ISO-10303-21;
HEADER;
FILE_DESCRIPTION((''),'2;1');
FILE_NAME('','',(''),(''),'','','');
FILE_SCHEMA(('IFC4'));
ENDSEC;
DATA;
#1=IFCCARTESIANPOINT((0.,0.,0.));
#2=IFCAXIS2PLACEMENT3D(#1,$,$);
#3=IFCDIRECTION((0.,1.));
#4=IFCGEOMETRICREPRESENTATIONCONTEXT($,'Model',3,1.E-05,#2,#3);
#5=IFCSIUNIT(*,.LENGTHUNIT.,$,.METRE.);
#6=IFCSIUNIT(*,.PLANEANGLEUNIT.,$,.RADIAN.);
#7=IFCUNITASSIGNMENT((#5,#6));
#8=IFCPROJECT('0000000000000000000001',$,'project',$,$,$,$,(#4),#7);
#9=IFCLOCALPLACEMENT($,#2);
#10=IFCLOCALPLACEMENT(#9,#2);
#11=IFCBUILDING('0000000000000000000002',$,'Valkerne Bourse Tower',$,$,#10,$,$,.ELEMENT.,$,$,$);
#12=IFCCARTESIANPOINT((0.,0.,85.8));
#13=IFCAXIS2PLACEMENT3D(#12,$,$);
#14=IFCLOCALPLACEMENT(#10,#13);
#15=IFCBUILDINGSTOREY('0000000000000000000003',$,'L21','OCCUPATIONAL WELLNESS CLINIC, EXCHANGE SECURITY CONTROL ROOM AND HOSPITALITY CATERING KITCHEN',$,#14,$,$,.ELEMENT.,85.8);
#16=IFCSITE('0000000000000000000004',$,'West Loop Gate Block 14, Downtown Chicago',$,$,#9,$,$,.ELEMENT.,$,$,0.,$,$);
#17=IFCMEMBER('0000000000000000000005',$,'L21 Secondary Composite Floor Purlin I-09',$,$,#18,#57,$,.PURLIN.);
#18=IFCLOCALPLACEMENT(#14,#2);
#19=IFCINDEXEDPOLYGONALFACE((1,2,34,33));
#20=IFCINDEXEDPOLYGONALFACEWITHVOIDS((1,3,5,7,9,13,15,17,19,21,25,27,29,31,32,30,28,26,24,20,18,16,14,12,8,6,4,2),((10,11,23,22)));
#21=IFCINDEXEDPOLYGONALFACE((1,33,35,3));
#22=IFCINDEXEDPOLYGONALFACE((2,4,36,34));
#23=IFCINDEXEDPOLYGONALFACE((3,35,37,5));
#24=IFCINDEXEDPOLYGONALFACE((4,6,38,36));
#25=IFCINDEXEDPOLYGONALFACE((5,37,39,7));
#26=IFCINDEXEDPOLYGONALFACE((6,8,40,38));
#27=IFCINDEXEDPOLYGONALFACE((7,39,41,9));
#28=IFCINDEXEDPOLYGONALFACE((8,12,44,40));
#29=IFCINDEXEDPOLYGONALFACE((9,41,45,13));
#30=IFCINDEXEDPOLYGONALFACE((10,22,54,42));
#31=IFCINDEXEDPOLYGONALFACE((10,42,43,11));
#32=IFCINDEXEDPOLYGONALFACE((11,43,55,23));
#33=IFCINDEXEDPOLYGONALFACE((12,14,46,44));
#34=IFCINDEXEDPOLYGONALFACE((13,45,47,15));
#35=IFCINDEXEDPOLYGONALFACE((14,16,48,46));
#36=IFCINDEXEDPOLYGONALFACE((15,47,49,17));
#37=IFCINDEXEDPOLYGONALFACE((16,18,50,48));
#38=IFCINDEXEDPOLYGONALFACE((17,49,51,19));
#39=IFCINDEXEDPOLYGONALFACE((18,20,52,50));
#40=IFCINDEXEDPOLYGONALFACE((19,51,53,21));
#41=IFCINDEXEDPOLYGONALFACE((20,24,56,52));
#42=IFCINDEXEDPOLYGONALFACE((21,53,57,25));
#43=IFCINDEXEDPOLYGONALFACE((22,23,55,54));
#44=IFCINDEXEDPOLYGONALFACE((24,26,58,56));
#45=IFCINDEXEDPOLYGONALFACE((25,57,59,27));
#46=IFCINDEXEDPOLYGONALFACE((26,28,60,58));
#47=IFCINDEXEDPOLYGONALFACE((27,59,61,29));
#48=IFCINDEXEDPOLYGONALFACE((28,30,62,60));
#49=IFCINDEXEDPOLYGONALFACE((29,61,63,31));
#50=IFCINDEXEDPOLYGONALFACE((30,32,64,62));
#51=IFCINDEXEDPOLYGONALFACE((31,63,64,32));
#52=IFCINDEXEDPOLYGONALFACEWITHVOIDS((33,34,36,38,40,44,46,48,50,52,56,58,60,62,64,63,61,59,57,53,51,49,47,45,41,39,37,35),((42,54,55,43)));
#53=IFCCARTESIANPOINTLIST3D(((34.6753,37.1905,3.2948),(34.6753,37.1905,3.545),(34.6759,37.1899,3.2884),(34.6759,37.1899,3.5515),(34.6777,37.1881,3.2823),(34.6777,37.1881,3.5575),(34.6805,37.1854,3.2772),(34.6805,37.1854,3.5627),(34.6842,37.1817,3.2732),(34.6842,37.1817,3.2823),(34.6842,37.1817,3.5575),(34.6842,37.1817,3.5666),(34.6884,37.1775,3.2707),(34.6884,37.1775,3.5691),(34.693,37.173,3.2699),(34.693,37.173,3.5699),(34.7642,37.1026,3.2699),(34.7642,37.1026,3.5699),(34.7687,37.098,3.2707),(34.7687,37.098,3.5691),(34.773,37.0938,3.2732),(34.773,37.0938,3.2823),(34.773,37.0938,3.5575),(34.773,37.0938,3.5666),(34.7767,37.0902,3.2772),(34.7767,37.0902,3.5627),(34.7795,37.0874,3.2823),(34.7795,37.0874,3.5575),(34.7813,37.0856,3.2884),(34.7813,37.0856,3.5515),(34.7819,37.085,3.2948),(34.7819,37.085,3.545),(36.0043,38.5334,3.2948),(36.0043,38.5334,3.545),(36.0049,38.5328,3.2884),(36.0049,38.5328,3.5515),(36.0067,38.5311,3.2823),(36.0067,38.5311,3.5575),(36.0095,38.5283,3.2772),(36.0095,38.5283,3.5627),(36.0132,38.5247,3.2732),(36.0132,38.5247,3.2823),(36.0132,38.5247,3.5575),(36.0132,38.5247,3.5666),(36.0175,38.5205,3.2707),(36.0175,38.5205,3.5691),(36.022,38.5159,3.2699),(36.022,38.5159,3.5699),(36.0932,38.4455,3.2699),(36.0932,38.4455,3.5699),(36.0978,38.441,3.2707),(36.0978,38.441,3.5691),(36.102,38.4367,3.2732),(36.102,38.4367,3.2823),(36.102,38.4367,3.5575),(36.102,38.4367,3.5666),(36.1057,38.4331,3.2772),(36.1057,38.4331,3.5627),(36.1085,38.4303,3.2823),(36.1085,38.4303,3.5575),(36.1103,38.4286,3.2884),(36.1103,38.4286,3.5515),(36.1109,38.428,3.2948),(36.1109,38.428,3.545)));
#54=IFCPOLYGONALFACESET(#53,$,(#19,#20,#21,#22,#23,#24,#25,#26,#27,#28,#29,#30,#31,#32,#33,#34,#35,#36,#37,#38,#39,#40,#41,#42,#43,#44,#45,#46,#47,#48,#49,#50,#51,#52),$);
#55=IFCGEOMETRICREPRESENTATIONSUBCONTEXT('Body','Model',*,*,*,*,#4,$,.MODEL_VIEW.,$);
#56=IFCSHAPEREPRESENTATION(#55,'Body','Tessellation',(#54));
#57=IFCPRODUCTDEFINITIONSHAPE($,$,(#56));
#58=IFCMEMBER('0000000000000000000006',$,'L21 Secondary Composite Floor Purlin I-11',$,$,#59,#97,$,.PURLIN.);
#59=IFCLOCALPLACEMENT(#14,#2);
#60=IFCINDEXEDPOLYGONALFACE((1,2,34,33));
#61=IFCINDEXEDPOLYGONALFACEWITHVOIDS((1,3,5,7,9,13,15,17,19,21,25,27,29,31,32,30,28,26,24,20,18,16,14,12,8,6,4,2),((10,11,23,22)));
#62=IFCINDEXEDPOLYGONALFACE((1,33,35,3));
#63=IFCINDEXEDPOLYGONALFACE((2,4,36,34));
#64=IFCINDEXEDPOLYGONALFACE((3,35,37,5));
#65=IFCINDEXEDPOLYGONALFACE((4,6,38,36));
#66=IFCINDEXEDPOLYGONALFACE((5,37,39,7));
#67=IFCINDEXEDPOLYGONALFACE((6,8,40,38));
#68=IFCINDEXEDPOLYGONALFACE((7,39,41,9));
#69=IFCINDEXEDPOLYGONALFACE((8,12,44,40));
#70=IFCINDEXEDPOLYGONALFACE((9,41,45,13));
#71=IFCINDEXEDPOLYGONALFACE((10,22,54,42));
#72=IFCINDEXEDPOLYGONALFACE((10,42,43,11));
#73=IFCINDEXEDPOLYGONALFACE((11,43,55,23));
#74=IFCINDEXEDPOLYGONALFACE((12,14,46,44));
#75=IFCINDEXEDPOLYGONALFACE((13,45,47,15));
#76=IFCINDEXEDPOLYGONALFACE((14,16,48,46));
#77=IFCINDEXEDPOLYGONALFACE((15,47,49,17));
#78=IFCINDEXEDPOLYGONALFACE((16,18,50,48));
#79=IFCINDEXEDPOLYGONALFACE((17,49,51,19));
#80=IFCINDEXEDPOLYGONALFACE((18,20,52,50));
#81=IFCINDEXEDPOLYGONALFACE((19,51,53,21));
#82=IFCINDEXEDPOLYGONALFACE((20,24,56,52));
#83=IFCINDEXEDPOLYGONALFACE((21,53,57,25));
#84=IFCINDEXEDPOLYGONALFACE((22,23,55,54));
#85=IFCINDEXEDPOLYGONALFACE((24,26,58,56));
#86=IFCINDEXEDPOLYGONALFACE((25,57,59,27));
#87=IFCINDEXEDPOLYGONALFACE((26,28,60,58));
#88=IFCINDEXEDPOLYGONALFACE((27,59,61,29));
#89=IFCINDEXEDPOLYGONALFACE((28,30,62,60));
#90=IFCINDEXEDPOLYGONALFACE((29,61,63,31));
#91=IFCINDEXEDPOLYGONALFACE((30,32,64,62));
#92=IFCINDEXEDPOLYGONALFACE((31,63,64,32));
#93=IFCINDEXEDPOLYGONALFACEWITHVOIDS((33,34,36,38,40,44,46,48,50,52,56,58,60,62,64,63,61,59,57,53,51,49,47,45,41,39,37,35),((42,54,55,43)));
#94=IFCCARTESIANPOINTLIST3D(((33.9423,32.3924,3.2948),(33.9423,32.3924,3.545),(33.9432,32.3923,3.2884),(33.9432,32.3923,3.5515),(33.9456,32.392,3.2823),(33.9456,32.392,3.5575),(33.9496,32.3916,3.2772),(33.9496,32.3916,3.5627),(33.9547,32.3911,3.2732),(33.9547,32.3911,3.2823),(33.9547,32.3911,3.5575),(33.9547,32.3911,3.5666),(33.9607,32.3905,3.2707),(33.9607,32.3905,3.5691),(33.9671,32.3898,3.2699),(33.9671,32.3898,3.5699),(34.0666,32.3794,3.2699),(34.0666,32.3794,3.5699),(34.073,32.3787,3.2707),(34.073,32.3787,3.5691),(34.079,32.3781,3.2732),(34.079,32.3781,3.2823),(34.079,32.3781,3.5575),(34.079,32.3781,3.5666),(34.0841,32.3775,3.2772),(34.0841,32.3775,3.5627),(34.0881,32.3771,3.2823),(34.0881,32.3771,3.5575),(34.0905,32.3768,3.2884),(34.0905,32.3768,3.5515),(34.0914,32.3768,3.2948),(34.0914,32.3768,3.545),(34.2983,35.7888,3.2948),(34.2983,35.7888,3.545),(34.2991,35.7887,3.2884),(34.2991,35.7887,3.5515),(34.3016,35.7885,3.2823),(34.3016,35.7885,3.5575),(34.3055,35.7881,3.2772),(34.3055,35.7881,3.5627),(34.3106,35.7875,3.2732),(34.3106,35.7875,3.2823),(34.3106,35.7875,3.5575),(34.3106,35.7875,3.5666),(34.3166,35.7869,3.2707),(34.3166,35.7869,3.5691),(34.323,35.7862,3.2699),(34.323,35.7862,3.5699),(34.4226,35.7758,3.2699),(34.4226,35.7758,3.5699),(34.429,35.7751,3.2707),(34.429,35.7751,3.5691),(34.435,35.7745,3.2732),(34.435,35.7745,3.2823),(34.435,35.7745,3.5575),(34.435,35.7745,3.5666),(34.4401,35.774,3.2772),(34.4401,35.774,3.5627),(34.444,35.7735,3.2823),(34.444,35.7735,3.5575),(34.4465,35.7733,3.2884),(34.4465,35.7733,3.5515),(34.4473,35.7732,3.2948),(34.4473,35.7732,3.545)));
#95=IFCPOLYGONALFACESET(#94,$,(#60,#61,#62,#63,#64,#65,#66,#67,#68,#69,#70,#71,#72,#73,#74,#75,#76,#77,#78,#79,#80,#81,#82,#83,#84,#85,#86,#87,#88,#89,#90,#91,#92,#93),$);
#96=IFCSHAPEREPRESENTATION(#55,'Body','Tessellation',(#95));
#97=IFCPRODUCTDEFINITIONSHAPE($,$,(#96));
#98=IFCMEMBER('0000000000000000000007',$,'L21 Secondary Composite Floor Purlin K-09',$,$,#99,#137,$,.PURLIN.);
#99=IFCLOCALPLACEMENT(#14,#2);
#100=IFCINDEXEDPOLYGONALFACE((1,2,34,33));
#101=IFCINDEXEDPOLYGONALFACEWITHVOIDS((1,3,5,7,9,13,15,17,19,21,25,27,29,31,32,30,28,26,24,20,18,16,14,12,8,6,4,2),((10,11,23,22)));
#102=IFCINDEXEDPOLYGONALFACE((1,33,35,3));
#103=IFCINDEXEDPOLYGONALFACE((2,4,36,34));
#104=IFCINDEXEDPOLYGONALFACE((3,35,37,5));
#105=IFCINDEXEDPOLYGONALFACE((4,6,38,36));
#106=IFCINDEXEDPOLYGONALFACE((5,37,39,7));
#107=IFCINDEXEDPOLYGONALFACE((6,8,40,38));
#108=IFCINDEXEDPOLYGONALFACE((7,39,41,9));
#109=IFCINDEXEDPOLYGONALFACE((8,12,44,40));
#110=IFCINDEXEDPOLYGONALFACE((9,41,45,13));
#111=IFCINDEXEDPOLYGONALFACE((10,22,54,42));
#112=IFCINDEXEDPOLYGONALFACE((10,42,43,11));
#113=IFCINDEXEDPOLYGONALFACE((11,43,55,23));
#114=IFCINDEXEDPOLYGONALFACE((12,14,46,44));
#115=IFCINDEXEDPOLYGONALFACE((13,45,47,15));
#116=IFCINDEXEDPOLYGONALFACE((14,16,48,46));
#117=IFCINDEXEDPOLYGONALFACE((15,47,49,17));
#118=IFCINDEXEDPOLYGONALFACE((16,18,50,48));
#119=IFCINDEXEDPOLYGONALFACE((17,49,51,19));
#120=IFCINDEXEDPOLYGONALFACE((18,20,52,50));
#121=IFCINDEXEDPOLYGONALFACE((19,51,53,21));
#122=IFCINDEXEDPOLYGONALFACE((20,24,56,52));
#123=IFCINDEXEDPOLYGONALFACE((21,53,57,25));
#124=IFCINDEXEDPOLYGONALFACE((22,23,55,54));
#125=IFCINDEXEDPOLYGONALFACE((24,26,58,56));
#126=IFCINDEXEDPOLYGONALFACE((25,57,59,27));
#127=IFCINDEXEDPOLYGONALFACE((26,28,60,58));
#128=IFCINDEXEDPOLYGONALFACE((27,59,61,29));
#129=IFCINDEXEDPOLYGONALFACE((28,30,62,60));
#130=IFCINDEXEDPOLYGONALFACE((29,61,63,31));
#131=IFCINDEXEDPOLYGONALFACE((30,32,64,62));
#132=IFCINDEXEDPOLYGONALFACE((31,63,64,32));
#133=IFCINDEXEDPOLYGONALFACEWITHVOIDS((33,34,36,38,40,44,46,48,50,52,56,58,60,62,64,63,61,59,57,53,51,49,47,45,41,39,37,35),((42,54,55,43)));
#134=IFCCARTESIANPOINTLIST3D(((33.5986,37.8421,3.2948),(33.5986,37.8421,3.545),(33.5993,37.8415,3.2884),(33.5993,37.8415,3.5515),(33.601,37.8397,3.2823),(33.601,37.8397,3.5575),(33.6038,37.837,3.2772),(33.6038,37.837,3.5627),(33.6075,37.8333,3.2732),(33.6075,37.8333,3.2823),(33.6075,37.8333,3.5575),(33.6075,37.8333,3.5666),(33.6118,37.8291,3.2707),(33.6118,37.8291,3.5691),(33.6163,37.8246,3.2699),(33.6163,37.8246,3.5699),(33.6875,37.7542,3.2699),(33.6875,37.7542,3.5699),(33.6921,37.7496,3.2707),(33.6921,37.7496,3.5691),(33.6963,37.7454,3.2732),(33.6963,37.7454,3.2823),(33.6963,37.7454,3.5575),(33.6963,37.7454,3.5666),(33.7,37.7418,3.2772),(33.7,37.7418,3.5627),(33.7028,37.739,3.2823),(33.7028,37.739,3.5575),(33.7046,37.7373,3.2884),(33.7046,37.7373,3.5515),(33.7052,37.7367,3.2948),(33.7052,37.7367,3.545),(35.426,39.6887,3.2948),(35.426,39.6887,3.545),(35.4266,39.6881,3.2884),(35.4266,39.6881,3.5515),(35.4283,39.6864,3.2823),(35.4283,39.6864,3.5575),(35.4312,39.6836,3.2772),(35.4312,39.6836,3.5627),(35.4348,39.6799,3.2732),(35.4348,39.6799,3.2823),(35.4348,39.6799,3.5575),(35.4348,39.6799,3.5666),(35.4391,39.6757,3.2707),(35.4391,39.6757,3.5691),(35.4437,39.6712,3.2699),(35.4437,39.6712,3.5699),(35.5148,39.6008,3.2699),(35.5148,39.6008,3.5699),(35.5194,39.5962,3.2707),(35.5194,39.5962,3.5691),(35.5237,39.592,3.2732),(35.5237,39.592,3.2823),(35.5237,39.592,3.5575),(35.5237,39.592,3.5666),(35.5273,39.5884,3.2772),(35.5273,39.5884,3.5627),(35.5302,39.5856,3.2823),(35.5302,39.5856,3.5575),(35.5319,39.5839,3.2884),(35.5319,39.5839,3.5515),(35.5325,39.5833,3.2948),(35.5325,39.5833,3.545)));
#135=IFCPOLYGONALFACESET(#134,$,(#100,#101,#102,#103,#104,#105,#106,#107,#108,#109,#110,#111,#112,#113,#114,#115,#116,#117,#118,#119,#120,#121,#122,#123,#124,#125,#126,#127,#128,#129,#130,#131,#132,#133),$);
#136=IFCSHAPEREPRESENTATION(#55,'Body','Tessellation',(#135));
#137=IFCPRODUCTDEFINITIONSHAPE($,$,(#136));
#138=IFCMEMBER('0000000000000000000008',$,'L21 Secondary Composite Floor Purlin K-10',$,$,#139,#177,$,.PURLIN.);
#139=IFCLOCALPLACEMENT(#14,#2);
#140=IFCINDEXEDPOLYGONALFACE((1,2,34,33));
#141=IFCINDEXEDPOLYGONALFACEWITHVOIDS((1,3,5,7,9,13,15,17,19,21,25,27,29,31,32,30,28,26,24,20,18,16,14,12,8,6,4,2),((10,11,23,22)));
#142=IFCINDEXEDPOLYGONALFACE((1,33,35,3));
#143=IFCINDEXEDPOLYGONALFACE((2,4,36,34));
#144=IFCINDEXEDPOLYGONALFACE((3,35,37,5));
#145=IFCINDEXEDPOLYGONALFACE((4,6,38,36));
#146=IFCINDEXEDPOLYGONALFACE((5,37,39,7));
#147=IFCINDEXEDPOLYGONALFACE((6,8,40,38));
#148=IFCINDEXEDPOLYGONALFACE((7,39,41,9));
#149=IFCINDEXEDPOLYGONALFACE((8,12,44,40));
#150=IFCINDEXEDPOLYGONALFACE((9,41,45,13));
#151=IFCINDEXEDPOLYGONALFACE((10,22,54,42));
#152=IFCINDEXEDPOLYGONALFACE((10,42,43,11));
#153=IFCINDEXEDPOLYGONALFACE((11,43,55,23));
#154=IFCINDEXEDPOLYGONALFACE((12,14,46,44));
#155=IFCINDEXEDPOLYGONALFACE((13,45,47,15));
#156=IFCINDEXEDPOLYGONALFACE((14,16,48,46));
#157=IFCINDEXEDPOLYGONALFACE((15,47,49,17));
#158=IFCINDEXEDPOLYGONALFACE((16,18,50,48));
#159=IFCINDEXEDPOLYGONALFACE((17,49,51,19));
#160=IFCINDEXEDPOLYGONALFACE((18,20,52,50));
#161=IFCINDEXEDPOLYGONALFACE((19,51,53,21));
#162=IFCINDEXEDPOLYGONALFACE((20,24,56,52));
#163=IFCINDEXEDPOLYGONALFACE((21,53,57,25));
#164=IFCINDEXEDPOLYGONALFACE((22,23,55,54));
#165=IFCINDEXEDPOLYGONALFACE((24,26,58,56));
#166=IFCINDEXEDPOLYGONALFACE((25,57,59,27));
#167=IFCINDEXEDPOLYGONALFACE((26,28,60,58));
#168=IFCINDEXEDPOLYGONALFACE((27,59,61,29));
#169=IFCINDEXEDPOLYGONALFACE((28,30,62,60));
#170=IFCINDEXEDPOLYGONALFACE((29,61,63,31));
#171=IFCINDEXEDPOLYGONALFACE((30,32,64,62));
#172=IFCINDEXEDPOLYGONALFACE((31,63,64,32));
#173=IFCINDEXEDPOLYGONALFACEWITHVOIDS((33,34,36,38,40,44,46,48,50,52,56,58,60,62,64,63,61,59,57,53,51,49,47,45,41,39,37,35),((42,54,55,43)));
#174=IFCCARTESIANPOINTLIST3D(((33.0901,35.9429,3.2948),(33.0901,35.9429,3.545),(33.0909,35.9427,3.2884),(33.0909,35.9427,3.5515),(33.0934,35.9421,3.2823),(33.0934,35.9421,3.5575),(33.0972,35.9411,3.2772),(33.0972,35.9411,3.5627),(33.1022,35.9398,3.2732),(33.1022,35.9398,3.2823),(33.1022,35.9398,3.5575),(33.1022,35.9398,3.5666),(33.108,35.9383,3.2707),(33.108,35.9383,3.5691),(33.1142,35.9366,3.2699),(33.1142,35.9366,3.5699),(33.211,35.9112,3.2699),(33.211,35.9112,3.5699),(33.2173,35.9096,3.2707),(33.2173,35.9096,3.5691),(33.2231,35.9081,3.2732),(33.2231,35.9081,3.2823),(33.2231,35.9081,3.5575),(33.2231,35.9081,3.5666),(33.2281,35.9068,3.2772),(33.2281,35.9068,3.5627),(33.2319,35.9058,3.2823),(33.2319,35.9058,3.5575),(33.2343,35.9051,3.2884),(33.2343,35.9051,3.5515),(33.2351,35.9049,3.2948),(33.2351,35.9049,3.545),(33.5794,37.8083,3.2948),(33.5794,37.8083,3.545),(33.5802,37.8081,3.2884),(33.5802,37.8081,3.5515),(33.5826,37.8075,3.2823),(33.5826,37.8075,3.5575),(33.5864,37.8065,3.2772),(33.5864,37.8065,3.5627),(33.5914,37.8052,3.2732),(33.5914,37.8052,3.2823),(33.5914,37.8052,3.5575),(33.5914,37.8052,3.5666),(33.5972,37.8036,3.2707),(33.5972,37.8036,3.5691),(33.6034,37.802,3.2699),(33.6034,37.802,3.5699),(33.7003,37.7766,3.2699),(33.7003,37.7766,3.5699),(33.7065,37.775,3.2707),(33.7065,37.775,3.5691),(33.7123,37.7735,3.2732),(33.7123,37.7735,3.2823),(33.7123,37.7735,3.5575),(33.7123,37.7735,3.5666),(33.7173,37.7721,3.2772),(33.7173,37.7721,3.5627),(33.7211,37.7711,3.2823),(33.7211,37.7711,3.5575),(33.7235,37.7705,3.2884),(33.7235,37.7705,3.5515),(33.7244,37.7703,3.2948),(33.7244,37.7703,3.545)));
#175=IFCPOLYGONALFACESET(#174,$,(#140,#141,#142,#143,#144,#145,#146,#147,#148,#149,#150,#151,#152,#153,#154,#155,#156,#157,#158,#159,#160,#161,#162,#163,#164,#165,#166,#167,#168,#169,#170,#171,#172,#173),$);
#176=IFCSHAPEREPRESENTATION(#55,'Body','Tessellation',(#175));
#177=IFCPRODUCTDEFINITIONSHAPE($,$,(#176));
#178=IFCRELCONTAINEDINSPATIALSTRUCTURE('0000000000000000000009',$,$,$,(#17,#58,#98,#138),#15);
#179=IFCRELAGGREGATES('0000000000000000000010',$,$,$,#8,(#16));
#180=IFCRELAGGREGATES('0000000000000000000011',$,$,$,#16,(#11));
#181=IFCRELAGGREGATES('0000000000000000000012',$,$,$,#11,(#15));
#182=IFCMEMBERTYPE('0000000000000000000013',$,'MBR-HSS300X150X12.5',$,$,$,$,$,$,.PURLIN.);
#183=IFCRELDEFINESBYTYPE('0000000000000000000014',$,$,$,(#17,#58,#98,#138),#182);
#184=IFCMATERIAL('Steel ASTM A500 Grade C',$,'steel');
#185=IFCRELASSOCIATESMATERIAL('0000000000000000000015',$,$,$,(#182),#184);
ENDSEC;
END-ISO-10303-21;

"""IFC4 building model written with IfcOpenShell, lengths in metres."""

from ifc_helpers import new_model, si_unit, direction, frame, origin, origin_2d, place, context, subcontext, project, spatial, hollow_rectangle, extrude, material, material_profile, profile_set, type_object, element, save


model = new_model("IFC4")

# Units and contexts
model_context = context("Model", 3, precision=1e-05, world=origin(), true_north=direction((0.0, 1.0)))
body_context = subcontext(model_context, "Body", "Model", "MODEL_VIEW")
ifc_project = project(units=[si_unit("LENGTHUNIT", "METRE"), si_unit("PLANEANGLEUNIT", "RADIAN")], contexts=[model_context])

# Site, building, storey
site_placement = place(None, origin())
site = spatial("IfcSite", under=ifc_project, at=site_placement, Name="West Loop Gate Block 14, Downtown Chicago", CompositionType="ELEMENT", RefElevation=0.0)
building_placement = place(site_placement, origin())
building = spatial("IfcBuilding", under=site, at=building_placement, Name="Valkerne Bourse Tower", CompositionType="ELEMENT")
storey_placement = place(building_placement, frame((0.0, 0.0, 85.8)))
storey = spatial("IfcBuildingStorey", under=building, at=storey_placement, Name="L21", Description="OCCUPATIONAL WELLNESS CLINIC, EXCHANGE SECURITY CONTROL ROOM AND HOSPITALITY CATERING KITCHEN", CompositionType="ELEMENT", Elevation=85.8)

# Members
ifc_material_1 = material(Name="Steel ASTM A500 Grade C", Category="steel")
ifc_material_profile_1 = material_profile(ifc_material_1, hollow_rectangle(XDim=0.1499, YDim=0.3, WallThickness=0.0125, OuterFilletRadius=0.0249, at=origin_2d()), Name="HSS300X150X12.5")
ifc_profile_set_1 = profile_set([ifc_material_profile_1], Name="Steel ASTM A500 Grade C")
member_type_1 = type_object("IfcMemberType", Name="MBR-HSS300X150X12.5", PredefinedType="PURLIN", material=ifc_profile_set_1)
member_1_placement = place(storey_placement, frame((36.0576, 38.4807, 3.4199), z_axis=(-0.703415, -0.71078, 0.0), x_axis=(0.71078, -0.703415, 0.0)))
element("IfcMember", 1, at=member_1_placement, inside=storey, type_object=member_type_1, Name="L21 Secondary Composite Floor Purlin I-09", PredefinedType="PURLIN", context=body_context, shape_type="SweptSolid", body=[
    extrude(hollow_rectangle(XDim=0.1499, YDim=0.3, WallThickness=0.0125, OuterFilletRadius=0.0249, at=origin_2d()), origin(), (0.0, 0.0, 1.0), 1.8894),
])
member_2_placement = place(storey_placement, frame((34.3728, 35.781, 3.4199), z_axis=(-0.104231, -0.994553, 0.0), x_axis=(0.994553, -0.104231, 0.0)))
element("IfcMember", 2, at=member_2_placement, inside=storey, type_object=member_type_1, Name="L21 Secondary Composite Floor Purlin I-11", PredefinedType="PURLIN", context=body_context, shape_type="SweptSolid", body=[
    extrude(hollow_rectangle(XDim=0.1499, YDim=0.3, WallThickness=0.0125, OuterFilletRadius=0.0249, at=origin_2d()), origin(), (0.0, 0.0, 1.0), 3.415),
])
member_3_placement = place(storey_placement, frame((35.4792, 39.636, 3.4199), z_axis=(-0.703385, -0.710809, 0.0), x_axis=(0.710809, -0.703385, 0.0)))
element("IfcMember", 3, at=member_3_placement, inside=storey, type_object=member_type_1, Name="L21 Secondary Composite Floor Purlin K-09", PredefinedType="PURLIN", context=body_context, shape_type="SweptSolid", body=[
    extrude(hollow_rectangle(XDim=0.1499, YDim=0.3, WallThickness=0.0125, OuterFilletRadius=0.0249, at=origin_2d()), origin(), (0.0, 0.0, 1.0), 2.5979),
])
member_4_placement = place(storey_placement, frame((33.6519, 37.7893, 3.4199), z_axis=(-0.253689, -0.967286, 0.0), x_axis=(0.967286, -0.253689, 0.0)))
element("IfcMember", 4, at=member_4_placement, inside=storey, type_object=member_type_1, Name="L21 Secondary Composite Floor Purlin K-10", PredefinedType="PURLIN", context=body_context, shape_type="SweptSolid", body=[
    extrude(hollow_rectangle(XDim=0.1499, YDim=0.3, WallThickness=0.0125, OuterFilletRadius=0.0249, at=origin_2d()), origin(), (0.0, 0.0, 1.0), 1.9285),
])

save(model, "model.ifc")
